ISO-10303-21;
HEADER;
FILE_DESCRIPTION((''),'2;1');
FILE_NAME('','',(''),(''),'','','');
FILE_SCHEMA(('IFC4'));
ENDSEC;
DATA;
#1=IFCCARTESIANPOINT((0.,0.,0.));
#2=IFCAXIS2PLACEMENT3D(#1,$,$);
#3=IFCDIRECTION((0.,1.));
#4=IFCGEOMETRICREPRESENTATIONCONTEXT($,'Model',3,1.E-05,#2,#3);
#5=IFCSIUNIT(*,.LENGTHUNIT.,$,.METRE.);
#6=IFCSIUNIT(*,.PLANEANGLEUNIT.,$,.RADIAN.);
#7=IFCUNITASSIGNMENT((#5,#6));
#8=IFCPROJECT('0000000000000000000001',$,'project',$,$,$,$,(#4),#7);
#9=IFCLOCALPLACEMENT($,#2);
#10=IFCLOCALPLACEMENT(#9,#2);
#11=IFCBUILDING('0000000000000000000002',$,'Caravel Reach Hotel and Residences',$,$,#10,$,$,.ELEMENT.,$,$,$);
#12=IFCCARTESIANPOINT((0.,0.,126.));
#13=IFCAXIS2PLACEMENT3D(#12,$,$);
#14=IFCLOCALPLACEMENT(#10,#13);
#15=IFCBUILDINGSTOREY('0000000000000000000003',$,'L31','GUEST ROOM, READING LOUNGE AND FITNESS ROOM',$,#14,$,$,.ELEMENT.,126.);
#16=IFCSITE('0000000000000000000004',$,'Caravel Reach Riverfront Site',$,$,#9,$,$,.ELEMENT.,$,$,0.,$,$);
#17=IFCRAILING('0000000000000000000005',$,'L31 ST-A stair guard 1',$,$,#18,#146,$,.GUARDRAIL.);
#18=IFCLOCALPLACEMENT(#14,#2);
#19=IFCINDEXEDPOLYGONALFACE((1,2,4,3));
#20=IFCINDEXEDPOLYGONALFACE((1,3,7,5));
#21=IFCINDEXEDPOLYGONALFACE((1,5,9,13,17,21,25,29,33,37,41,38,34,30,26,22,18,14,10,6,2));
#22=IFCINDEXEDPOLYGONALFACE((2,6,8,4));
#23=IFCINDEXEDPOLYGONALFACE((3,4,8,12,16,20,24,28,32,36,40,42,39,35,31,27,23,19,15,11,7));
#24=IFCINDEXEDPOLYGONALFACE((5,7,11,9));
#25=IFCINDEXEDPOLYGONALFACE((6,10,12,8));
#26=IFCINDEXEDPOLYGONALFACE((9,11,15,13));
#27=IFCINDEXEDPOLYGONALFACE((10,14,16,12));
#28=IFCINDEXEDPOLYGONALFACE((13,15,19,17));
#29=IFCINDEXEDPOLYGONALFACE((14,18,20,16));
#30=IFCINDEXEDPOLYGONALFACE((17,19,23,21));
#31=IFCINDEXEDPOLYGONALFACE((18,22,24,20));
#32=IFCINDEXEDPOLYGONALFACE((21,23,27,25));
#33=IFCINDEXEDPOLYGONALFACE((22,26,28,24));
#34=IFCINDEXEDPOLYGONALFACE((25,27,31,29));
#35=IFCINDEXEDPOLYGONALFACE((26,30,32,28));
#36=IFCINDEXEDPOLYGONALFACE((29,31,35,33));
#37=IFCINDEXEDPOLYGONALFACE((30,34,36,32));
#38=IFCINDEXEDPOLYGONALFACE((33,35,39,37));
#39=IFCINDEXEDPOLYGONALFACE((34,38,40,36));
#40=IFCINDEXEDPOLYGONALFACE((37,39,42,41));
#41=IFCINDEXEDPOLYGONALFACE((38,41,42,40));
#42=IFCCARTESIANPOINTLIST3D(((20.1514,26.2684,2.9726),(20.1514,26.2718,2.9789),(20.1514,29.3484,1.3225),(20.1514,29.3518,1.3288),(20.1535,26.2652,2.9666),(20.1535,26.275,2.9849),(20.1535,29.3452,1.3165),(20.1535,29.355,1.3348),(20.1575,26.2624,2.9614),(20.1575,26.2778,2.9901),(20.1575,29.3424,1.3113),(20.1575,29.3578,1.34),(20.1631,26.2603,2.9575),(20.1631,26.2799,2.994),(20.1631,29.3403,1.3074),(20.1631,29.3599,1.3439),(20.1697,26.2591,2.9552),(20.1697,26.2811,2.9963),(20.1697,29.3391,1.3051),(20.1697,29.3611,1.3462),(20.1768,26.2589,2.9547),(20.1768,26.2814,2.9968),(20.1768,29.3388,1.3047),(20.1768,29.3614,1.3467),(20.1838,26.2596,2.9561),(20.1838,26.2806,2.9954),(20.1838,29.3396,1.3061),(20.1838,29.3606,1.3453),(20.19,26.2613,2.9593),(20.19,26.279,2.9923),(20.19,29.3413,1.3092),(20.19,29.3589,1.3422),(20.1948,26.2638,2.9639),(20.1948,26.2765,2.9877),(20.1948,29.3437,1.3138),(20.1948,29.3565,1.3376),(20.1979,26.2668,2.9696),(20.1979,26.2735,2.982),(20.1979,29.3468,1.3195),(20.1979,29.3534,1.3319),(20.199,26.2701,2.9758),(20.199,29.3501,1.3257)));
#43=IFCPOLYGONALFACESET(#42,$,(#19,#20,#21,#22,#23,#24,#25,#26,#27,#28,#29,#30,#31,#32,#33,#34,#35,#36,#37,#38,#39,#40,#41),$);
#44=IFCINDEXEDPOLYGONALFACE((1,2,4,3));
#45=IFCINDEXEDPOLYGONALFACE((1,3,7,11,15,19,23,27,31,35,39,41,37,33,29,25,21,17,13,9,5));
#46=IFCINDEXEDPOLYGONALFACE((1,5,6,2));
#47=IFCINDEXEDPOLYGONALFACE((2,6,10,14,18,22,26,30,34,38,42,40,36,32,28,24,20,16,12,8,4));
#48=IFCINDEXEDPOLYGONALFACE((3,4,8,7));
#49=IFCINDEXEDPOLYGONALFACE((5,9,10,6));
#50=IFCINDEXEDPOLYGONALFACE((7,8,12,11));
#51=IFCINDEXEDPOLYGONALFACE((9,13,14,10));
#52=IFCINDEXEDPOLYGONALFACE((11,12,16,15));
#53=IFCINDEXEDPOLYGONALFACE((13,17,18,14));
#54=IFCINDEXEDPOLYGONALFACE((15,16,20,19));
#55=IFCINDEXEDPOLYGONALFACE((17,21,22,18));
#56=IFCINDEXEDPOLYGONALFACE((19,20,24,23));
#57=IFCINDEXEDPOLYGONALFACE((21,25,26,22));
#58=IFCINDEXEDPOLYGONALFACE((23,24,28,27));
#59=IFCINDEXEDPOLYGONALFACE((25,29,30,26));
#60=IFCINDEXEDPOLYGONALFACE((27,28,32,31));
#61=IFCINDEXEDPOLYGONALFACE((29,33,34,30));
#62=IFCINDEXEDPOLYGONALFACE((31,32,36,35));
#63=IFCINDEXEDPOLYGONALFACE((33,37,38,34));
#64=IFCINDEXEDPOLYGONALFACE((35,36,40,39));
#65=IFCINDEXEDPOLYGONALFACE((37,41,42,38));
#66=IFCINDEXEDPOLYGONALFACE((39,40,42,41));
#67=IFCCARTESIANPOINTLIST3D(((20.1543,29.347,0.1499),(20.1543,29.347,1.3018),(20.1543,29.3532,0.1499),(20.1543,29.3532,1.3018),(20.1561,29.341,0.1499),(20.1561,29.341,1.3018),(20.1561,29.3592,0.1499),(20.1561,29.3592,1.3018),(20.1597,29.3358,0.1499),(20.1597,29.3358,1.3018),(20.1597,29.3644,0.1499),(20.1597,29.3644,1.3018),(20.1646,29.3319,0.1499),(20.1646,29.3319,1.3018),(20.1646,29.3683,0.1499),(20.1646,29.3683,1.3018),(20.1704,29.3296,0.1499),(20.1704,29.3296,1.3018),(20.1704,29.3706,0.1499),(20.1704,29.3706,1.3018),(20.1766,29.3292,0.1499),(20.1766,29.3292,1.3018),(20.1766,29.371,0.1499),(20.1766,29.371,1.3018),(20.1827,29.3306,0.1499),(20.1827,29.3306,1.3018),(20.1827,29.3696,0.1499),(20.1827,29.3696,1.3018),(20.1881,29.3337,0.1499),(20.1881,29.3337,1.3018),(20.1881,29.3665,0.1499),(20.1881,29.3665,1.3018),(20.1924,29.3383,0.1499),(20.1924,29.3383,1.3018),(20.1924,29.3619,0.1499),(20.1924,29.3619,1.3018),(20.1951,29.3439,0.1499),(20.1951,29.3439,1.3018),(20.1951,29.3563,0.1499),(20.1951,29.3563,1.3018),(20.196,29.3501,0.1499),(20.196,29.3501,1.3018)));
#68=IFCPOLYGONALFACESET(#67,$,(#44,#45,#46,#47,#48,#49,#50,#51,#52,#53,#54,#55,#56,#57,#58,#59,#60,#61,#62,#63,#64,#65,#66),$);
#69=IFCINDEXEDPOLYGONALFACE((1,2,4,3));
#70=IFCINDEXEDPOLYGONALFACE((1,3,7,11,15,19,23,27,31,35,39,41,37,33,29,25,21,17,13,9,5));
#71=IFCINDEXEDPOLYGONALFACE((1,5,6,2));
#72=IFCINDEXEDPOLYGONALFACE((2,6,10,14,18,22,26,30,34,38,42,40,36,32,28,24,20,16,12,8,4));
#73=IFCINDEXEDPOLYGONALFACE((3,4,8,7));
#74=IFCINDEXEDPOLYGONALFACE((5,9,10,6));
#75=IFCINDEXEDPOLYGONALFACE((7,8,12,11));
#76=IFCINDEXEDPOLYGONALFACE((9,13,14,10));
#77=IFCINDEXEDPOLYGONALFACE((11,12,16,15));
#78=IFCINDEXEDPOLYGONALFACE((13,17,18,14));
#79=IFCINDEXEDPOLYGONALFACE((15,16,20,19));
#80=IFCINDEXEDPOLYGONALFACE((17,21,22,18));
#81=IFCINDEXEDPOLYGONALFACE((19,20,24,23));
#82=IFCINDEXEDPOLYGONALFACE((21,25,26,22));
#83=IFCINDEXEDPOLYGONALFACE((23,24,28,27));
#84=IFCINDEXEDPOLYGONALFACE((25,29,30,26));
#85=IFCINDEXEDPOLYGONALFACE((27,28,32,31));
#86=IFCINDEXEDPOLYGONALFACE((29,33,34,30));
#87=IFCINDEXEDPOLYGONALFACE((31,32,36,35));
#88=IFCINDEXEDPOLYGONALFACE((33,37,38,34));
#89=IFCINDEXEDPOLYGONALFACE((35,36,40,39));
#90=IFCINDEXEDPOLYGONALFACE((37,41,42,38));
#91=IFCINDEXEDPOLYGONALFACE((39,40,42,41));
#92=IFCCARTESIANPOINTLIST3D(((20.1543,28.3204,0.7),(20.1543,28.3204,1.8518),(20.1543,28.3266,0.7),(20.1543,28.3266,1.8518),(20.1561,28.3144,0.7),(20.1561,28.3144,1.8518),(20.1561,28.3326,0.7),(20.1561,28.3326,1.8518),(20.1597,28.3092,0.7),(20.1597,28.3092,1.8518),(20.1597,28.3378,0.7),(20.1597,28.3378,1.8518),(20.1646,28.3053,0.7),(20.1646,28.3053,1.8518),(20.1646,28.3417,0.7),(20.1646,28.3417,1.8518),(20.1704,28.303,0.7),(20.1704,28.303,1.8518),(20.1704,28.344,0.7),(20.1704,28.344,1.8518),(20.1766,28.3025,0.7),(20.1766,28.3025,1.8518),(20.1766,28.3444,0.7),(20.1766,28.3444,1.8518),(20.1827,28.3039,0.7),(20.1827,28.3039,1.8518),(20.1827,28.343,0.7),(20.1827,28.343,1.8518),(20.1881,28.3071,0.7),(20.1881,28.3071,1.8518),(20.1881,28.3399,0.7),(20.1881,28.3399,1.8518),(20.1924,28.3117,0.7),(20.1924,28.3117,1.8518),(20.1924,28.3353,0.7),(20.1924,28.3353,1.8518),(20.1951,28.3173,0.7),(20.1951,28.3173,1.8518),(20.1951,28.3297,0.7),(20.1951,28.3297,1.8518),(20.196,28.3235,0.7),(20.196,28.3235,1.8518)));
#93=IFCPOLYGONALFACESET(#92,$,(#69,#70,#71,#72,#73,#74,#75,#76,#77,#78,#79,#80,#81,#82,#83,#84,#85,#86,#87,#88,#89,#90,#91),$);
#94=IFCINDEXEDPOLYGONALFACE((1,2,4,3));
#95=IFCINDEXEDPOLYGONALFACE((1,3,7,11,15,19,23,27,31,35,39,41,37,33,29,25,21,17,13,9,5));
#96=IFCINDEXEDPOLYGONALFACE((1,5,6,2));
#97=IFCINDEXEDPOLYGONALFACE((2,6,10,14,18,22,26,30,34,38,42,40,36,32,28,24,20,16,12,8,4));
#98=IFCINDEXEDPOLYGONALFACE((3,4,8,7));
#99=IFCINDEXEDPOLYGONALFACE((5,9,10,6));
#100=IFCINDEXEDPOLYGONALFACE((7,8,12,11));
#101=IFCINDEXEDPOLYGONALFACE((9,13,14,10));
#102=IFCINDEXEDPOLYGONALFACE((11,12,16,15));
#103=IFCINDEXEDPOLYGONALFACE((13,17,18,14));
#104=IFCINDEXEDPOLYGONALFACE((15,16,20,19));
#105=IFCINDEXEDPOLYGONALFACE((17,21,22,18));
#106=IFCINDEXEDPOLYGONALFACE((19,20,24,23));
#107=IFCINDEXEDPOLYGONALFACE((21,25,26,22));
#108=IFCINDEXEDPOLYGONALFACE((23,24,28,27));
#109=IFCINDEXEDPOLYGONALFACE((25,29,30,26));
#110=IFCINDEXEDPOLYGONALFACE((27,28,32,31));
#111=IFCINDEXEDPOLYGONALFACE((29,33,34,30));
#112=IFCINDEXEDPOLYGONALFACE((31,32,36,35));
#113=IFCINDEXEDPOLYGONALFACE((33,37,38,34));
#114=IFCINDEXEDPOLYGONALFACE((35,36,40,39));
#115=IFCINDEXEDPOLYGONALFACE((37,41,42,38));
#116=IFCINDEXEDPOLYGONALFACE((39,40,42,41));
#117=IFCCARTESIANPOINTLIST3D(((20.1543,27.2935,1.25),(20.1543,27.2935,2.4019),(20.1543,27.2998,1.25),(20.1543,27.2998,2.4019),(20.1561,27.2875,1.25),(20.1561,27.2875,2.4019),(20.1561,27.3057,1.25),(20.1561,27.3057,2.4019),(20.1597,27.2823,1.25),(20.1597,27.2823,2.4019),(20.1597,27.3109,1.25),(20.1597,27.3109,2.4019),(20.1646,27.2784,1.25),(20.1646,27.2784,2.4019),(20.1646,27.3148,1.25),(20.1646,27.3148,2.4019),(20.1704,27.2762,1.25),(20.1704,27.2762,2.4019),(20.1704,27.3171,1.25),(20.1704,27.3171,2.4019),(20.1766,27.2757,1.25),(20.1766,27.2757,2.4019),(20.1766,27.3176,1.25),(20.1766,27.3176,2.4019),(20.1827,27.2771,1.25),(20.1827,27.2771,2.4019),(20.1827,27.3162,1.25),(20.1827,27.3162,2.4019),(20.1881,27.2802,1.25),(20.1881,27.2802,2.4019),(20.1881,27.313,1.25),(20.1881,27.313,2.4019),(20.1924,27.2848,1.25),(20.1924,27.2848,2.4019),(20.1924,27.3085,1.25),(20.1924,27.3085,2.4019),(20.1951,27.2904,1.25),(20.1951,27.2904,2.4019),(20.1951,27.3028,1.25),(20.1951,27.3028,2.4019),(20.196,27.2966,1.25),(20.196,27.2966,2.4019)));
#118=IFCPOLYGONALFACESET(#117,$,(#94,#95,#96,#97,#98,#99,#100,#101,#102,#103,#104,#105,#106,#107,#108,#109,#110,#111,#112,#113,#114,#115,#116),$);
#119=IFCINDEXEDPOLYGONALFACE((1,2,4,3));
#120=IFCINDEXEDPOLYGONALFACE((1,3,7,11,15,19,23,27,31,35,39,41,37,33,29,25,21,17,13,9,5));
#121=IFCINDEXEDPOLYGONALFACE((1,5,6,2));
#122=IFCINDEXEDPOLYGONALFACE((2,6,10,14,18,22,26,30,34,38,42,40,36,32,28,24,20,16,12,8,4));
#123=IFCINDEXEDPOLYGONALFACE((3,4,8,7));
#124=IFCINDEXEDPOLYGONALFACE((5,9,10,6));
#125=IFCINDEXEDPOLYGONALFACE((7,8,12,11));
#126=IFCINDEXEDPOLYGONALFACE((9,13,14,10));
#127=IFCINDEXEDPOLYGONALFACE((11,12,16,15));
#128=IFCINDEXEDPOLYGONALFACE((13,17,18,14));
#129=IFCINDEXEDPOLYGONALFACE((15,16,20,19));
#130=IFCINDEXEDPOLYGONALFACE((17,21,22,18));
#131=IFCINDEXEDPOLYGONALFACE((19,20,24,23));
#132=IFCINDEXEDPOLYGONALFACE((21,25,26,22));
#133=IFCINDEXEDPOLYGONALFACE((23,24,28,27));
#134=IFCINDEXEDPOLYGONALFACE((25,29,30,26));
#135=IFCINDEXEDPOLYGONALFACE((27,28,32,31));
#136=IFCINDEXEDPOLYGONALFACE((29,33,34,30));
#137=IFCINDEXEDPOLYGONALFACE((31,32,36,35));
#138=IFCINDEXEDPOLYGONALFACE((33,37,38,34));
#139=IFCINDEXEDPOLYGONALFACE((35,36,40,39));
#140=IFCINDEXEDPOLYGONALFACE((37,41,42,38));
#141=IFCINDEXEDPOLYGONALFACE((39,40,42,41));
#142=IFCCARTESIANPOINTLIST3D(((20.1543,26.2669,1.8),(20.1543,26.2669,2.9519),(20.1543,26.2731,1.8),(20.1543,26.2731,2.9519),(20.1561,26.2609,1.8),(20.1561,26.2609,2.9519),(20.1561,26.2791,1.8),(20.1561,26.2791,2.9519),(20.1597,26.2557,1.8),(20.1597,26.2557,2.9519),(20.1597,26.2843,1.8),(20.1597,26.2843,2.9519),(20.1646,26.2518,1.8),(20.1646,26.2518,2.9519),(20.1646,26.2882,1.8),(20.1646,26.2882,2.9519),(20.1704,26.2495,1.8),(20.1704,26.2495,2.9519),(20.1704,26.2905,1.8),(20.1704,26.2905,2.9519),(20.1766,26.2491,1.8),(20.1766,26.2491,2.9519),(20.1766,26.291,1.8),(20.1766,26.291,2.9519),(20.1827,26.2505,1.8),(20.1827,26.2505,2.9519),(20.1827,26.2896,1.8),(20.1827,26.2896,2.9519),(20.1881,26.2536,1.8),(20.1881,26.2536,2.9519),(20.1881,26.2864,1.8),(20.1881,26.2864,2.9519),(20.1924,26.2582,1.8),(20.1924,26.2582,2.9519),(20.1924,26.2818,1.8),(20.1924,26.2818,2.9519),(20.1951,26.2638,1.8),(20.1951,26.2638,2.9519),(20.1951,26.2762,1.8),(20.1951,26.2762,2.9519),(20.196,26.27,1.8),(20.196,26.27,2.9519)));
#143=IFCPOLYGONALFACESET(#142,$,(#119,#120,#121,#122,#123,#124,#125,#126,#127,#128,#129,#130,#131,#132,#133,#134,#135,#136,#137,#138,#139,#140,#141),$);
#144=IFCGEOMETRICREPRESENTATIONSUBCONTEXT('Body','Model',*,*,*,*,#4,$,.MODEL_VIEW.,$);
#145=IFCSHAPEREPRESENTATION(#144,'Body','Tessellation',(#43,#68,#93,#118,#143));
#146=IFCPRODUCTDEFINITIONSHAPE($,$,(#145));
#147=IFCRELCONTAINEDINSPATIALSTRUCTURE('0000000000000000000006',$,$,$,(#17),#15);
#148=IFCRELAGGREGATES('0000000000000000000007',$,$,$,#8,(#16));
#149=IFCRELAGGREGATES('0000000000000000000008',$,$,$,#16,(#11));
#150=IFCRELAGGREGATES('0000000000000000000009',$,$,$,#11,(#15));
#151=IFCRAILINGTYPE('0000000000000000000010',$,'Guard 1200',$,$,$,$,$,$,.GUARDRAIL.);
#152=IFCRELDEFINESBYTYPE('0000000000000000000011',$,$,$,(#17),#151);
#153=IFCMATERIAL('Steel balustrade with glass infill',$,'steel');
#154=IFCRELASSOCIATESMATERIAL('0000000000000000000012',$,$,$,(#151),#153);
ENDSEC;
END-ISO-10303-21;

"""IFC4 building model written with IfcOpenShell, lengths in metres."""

from ifc_helpers import new_model, si_unit, direction, frame, origin, origin_2d, place, context, subcontext, project, spatial, circle, extrude, material, type_object, element, save


model = new_model("IFC4")

# Units and contexts
model_context = context("Model", 3, precision=1e-05, world=origin(), true_north=direction((0.0, 1.0)))
body_context = subcontext(model_context, "Body", "Model", "MODEL_VIEW")
ifc_project = project(units=[si_unit("LENGTHUNIT", "METRE"), si_unit("PLANEANGLEUNIT", "RADIAN")], contexts=[model_context])

# Site, building, storey
site_placement = place(None, origin())
site = spatial("IfcSite", under=ifc_project, at=site_placement, Name="Caravel Reach Riverfront Site", CompositionType="ELEMENT", RefElevation=0.0)
building_placement = place(site_placement, origin())
building = spatial("IfcBuilding", under=site, at=building_placement, Name="Caravel Reach Hotel and Residences", CompositionType="ELEMENT")
storey_placement = place(building_placement, frame((0.0, 0.0, 126.0)))
storey = spatial("IfcBuildingStorey", under=building, at=storey_placement, Name="L31", Description="GUEST ROOM, READING LOUNGE AND FITNESS ROOM", CompositionType="ELEMENT", Elevation=126.0)

# Railing
ifc_material_1 = material(Name="Steel balustrade with glass infill", Category="steel")
railing_type_1 = type_object("IfcRailingType", Name="Guard 1200", PredefinedType="GUARDRAIL", material=ifc_material_1)
railing_1_placement = place(storey_placement, frame((20.175, 29.3501, 0.1499)))
element("IfcRailing", 1, at=railing_1_placement, inside=storey, type_object=railing_type_1, Name="L31 ST-A stair guard 1", PredefinedType="GUARDRAIL", context=body_context, shape_type="SweptSolid", body=[
    extrude(circle(Radius=0.0239, at=origin_2d()), frame((0.0, 0.0, 1.1758), z_axis=(0.0, -0.881468, 0.472245), x_axis=(1.0, 0.0, 0.0)), (0.0, 0.0, 1.0), 3.4941),
    extrude(circle(Radius=0.021, at=origin_2d()), origin(), (0.0, 0.0, 1.0), 1.1519),
    extrude(circle(Radius=0.021, at=origin_2d()), frame((0.0, -1.0266, 0.55)), (0.0, 0.0, 1.0), 1.1519),
    extrude(circle(Radius=0.021, at=origin_2d()), frame((0.0, -2.0535, 1.1001)), (0.0, 0.0, 1.0), 1.1519),
    extrude(circle(Radius=0.021, at=origin_2d()), frame((0.0, -3.0801, 1.6501)), (0.0, 0.0, 1.0), 1.1519),
])

save(model, "model.ifc")
